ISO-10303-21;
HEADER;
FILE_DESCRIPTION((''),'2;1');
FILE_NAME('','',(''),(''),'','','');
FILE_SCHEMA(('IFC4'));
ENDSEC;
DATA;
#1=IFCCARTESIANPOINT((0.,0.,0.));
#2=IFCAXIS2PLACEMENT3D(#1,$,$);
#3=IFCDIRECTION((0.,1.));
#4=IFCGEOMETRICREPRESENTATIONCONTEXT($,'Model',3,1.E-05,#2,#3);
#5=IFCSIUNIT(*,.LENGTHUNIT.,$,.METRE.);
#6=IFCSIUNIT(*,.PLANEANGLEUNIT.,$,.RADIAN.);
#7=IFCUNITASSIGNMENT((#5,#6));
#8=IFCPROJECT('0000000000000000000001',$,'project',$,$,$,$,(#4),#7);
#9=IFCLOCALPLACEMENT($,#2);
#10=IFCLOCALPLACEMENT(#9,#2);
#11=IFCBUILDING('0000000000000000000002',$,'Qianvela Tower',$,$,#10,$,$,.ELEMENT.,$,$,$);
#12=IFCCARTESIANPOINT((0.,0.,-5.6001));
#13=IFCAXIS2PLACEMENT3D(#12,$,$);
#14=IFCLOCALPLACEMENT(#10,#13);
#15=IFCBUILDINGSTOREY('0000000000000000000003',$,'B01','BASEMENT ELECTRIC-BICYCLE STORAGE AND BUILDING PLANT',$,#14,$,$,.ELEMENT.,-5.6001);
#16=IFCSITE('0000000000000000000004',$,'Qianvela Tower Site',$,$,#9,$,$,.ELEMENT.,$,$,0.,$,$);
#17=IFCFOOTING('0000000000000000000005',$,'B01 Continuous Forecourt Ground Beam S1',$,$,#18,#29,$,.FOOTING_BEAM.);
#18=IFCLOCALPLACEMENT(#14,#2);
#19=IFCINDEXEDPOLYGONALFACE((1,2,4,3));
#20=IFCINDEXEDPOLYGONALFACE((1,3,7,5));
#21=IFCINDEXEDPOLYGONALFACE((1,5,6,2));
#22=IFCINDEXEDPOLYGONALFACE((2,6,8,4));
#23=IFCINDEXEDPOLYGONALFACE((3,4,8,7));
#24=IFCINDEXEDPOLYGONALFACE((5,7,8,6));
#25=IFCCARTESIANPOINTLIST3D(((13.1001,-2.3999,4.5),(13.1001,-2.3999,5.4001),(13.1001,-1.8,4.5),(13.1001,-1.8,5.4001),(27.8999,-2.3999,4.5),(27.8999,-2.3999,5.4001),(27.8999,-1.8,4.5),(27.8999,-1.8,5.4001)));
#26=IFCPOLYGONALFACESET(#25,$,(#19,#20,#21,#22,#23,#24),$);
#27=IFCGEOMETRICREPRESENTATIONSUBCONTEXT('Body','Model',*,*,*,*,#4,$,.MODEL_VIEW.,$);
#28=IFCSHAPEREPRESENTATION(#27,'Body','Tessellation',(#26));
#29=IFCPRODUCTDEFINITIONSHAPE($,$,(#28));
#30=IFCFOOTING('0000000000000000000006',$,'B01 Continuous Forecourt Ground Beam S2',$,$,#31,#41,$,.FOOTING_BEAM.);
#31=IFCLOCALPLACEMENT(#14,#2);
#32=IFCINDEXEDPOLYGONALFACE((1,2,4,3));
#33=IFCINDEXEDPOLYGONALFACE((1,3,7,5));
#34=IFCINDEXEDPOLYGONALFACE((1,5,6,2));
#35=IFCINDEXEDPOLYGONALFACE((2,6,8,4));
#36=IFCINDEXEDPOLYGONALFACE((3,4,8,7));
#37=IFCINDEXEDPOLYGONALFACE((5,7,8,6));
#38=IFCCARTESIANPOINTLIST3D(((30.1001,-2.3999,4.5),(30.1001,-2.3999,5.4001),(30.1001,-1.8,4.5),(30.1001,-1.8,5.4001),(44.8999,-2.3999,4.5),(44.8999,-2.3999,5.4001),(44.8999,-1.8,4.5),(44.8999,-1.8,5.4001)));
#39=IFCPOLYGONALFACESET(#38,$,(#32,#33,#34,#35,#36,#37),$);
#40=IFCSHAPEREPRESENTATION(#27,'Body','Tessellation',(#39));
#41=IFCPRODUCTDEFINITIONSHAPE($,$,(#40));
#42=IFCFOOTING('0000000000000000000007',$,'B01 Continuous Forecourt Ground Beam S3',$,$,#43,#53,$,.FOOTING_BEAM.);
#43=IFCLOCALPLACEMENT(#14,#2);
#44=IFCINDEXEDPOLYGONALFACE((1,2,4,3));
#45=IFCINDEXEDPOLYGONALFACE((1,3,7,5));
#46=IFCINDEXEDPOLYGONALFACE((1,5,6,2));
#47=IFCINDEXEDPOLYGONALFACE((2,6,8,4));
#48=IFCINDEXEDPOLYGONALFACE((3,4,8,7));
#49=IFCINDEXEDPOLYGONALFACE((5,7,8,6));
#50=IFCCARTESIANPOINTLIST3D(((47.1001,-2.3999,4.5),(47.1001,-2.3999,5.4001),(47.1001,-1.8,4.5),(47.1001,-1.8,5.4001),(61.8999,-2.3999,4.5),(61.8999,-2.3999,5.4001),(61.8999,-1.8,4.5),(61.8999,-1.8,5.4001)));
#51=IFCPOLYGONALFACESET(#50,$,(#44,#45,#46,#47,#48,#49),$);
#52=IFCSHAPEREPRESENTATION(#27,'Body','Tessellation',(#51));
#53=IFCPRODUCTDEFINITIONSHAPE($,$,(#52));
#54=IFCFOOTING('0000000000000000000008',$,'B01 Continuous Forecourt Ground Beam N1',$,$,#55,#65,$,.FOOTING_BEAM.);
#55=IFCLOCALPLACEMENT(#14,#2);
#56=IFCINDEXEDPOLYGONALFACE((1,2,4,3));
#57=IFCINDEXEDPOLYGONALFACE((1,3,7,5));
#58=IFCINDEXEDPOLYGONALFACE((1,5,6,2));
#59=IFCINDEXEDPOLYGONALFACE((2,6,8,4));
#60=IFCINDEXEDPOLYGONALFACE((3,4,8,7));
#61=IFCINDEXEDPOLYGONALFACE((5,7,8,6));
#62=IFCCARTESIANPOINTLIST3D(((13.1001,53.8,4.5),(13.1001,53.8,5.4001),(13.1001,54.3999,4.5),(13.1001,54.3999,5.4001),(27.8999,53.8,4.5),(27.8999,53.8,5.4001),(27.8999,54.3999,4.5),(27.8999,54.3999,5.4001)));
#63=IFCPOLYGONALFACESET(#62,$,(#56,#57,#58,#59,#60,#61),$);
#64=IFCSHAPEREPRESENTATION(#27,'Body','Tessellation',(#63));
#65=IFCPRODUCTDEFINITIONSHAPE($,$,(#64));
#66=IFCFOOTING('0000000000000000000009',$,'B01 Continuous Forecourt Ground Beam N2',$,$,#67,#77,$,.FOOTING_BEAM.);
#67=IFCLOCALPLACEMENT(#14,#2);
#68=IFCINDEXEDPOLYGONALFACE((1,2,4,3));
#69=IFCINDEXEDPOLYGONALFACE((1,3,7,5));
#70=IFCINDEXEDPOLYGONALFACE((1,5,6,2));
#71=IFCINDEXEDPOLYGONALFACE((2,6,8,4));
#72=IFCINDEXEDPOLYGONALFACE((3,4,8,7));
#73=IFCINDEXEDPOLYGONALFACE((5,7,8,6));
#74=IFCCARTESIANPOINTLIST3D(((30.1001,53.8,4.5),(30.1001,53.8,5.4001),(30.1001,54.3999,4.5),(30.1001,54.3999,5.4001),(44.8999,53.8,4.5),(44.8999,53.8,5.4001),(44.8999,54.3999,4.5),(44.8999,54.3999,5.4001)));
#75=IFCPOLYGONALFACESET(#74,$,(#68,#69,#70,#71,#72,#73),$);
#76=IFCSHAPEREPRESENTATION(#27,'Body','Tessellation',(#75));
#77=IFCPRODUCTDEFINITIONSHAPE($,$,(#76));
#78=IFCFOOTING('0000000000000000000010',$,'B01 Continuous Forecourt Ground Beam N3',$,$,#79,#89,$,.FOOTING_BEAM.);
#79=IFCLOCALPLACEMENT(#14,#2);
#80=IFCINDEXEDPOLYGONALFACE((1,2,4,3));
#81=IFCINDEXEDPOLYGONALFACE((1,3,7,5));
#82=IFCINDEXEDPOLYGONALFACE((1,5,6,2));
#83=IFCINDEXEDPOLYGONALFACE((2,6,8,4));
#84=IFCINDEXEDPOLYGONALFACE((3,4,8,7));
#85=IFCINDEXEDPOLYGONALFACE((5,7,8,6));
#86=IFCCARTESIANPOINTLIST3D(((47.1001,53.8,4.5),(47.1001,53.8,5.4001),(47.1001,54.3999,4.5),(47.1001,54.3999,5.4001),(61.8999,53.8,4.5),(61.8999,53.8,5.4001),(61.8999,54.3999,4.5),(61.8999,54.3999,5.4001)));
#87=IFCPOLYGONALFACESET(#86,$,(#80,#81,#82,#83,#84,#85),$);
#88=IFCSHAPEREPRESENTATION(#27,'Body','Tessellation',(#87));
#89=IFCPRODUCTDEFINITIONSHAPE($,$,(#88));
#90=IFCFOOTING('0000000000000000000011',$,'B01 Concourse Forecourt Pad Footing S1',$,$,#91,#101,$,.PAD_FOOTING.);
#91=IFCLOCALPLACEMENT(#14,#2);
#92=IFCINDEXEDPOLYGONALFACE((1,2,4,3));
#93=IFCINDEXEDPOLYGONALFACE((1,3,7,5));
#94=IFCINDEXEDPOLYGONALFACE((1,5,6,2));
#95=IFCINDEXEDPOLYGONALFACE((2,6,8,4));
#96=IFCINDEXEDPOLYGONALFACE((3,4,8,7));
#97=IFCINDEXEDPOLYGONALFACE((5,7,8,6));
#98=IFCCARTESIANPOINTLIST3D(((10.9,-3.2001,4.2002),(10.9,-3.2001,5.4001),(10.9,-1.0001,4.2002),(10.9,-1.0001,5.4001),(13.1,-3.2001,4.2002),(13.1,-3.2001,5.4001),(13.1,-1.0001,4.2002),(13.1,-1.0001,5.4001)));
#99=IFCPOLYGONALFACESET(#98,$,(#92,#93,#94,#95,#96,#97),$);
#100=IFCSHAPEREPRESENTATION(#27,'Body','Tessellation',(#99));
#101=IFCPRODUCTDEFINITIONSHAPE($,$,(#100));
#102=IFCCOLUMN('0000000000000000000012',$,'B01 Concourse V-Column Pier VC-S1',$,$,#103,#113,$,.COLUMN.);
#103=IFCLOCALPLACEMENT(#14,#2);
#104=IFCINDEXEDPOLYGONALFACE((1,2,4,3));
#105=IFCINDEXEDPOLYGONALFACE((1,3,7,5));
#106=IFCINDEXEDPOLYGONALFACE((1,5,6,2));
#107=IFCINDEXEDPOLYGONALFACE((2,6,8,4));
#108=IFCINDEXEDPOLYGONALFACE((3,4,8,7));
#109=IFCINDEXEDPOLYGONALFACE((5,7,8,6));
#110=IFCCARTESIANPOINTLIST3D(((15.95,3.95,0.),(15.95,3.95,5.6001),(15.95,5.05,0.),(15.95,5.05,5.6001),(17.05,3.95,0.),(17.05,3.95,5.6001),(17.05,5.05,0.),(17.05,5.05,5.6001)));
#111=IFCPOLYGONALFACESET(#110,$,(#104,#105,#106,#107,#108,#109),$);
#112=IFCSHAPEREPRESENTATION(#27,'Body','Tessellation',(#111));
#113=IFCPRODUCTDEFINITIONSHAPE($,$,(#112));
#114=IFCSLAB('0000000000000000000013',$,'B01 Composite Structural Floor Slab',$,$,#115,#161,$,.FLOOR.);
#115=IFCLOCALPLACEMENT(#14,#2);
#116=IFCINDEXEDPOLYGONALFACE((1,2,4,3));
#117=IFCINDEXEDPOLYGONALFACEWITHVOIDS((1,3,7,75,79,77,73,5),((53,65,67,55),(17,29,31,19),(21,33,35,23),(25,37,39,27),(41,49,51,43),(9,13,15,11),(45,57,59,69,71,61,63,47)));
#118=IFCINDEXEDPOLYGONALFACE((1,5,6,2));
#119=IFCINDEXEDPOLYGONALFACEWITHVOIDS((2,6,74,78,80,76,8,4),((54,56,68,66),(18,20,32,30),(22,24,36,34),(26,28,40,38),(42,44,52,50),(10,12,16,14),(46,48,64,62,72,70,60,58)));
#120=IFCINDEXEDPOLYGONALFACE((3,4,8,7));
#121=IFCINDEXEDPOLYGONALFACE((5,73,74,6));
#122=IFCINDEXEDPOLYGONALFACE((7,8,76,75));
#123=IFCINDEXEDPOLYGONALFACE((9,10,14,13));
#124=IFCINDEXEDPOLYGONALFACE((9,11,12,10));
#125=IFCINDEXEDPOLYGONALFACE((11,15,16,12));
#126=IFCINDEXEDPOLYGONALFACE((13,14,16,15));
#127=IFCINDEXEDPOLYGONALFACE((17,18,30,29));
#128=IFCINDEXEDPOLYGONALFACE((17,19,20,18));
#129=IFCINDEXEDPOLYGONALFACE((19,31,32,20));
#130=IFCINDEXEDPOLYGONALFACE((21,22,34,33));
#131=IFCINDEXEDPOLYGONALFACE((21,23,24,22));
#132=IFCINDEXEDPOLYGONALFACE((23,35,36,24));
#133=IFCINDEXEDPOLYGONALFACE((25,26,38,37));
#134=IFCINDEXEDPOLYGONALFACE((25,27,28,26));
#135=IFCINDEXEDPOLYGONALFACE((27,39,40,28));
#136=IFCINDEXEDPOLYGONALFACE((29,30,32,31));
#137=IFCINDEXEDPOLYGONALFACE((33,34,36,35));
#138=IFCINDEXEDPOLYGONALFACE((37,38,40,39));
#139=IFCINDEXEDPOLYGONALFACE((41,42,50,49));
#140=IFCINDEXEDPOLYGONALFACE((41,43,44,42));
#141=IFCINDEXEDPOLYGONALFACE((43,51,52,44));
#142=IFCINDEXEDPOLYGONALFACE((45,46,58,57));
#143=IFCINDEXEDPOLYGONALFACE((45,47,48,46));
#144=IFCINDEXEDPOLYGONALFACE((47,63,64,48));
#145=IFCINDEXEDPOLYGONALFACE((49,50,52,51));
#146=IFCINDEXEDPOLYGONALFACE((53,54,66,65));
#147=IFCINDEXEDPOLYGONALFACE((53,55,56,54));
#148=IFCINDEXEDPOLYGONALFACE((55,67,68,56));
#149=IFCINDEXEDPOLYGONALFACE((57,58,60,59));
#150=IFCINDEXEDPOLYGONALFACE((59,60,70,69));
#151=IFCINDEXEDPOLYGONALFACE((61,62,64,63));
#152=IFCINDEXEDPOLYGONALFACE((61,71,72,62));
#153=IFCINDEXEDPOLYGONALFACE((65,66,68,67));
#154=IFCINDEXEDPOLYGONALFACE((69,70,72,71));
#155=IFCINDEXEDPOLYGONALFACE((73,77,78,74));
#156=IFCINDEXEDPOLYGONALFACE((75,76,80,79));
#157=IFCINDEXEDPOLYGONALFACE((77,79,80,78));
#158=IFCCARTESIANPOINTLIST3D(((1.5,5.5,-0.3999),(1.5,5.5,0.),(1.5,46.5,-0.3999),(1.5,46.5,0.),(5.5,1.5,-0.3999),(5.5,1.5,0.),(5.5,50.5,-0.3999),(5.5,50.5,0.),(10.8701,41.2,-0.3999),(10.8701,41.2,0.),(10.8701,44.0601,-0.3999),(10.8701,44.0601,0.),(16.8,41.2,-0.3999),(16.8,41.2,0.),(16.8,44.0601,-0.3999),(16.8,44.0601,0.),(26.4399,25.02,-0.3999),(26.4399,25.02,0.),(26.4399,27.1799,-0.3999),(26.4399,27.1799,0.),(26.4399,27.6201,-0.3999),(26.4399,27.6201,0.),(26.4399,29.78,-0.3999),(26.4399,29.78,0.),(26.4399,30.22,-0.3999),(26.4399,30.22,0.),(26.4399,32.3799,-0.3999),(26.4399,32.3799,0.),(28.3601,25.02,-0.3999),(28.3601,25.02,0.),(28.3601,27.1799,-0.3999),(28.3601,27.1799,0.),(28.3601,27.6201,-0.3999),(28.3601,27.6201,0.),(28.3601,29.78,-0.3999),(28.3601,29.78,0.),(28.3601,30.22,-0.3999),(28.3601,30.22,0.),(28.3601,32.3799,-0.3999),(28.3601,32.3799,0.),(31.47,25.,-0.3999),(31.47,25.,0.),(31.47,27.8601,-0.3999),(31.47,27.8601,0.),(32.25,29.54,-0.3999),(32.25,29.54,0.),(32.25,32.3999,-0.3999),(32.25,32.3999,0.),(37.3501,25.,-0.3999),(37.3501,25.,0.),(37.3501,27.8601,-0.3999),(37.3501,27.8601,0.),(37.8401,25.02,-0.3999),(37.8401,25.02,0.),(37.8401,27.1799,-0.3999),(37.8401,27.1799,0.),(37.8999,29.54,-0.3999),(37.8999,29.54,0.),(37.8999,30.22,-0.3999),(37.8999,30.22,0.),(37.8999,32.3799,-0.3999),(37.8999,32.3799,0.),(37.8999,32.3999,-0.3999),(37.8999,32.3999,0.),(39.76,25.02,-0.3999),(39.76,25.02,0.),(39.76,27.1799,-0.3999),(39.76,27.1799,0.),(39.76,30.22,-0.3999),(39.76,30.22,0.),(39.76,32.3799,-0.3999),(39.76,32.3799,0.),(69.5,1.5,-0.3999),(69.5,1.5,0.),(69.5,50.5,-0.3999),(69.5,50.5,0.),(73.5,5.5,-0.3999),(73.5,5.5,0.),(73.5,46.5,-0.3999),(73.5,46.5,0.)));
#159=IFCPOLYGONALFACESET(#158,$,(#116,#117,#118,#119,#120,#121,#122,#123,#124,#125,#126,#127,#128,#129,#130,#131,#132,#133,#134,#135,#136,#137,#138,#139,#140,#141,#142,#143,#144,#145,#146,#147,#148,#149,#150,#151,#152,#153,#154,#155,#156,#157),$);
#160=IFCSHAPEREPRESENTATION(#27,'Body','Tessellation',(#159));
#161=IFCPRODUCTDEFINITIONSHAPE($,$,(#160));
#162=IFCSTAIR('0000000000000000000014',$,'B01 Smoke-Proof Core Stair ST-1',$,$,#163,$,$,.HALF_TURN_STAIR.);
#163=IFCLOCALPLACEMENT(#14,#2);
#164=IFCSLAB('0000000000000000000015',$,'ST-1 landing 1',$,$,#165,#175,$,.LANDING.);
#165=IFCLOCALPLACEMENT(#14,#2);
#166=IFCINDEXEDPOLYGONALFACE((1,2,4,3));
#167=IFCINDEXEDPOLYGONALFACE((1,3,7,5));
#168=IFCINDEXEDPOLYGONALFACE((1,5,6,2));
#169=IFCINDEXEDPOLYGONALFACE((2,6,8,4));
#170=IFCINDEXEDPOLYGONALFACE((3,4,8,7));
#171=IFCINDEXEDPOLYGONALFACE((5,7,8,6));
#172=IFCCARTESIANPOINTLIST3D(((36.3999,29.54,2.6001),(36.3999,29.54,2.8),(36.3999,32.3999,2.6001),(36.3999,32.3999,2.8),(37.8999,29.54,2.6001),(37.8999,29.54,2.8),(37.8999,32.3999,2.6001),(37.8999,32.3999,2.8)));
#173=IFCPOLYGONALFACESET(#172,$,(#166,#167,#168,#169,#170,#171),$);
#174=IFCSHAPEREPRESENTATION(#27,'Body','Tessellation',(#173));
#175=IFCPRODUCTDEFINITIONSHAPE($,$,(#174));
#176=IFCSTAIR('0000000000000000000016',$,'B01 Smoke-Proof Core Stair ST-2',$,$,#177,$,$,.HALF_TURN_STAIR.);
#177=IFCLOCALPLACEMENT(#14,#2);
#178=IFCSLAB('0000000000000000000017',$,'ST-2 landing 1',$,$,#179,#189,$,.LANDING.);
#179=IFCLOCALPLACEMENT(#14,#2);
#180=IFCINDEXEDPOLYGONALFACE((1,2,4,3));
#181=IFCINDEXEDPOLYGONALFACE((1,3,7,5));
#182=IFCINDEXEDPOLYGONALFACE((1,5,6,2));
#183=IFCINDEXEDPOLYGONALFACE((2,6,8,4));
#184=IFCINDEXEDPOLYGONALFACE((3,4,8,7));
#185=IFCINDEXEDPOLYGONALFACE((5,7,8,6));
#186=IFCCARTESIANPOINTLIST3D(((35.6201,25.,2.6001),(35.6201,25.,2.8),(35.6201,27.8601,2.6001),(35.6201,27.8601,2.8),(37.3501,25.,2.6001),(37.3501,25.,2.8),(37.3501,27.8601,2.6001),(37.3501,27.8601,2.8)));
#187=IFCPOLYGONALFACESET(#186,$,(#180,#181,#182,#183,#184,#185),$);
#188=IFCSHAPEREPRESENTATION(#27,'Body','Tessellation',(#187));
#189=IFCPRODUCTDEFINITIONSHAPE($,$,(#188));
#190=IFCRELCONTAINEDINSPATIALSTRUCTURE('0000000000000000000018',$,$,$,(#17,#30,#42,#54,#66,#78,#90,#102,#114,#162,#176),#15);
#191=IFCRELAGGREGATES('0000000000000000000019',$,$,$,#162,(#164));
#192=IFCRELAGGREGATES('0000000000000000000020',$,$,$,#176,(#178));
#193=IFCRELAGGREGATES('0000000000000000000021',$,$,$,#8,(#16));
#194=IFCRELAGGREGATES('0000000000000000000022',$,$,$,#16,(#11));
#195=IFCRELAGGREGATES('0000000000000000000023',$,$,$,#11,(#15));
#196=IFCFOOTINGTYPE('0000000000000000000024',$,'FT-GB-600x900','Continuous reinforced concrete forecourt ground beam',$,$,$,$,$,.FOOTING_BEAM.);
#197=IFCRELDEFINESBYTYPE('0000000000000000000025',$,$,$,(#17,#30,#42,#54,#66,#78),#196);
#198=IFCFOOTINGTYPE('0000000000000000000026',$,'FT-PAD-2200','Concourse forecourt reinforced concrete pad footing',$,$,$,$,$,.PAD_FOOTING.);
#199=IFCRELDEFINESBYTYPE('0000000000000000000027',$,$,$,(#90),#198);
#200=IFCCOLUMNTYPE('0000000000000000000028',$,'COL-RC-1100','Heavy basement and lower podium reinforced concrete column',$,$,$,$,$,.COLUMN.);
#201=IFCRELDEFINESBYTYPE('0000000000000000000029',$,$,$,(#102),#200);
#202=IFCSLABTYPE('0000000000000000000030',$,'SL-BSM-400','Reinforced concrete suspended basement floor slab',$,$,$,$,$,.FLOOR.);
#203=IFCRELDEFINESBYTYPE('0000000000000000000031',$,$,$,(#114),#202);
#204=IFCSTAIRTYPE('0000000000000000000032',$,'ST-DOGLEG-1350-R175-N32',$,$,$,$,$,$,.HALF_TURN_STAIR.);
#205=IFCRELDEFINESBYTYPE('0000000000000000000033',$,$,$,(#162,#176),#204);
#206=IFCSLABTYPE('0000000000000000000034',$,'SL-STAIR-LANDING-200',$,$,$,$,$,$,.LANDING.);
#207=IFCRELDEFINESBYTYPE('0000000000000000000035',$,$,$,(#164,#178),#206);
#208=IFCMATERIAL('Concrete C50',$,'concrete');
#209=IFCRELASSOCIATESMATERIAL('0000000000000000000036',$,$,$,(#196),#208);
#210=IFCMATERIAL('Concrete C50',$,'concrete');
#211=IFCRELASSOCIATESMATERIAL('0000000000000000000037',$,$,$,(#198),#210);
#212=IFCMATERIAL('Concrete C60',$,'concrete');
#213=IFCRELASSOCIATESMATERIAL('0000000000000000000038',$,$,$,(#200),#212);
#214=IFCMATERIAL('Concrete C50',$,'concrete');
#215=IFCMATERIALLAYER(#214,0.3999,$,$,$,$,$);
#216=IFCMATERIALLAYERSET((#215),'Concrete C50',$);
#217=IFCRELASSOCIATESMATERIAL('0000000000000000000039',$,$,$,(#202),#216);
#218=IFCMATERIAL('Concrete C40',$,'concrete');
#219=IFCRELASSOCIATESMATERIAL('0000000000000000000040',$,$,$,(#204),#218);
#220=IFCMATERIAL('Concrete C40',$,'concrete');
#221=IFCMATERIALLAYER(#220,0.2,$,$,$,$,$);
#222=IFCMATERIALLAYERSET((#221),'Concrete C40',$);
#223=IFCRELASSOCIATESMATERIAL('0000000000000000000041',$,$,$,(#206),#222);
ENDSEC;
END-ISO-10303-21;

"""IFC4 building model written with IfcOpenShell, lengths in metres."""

from ifc_helpers import new_model, si_unit, direction, frame, origin, origin_2d, place, context, subcontext, project, spatial, polyline, rectangle, outline, extrude, material, layer, layer_set, material_profile, profile_set, type_object, element, aggregate, save


model = new_model("IFC4")

# Units and contexts
model_context = context("Model", 3, precision=1e-05, world=origin(), true_north=direction((0.0, 1.0)))
body_context = subcontext(model_context, "Body", "Model", "MODEL_VIEW")
ifc_project = project(units=[si_unit("LENGTHUNIT", "METRE"), si_unit("PLANEANGLEUNIT", "RADIAN")], contexts=[model_context])

# Site, building, storey
site_placement = place(None, origin())
site = spatial("IfcSite", under=ifc_project, at=site_placement, Name="Qianvela Tower Site", CompositionType="ELEMENT", RefElevation=0.0)
building_placement = place(site_placement, origin())
building = spatial("IfcBuilding", under=site, at=building_placement, Name="Qianvela Tower", CompositionType="ELEMENT")
storey_placement = place(building_placement, frame((0.0, 0.0, -5.6001)))
storey = spatial("IfcBuildingStorey", under=building, at=storey_placement, Name="B01", Description="BASEMENT ELECTRIC-BICYCLE STORAGE AND BUILDING PLANT", CompositionType="ELEMENT", Elevation=-5.6001)

# Footings
ifc_material_1 = material(Name="Concrete C50", Category="concrete")
footing_type_1 = type_object("IfcFootingType", Name="FT-GB-600x900", Description="Continuous reinforced concrete forecourt ground beam", PredefinedType="FOOTING_BEAM", material=ifc_material_1)
footing_1_placement = place(storey_placement, frame((0.0, 0.0, 4.5)))
element("IfcFooting", 1, at=footing_1_placement, inside=storey, type_object=footing_type_1, Name="B01 Continuous Forecourt Ground Beam S1", PredefinedType="FOOTING_BEAM", context=body_context, shape_type="SweptSolid", body=[
    extrude(outline(polyline([(13.1001, -2.3999), (27.8999, -2.3999), (27.8999, -1.8), (13.1001, -1.8), (13.1001, -2.3999)])), origin(), (0.0, 0.0, 1.0), 0.9001),
])
footing_2_placement = place(storey_placement, frame((0.0, 0.0, 4.5)))
element("IfcFooting", 2, at=footing_2_placement, inside=storey, type_object=footing_type_1, Name="B01 Continuous Forecourt Ground Beam S2", PredefinedType="FOOTING_BEAM", context=body_context, shape_type="SweptSolid", body=[
    extrude(outline(polyline([(30.1001, -2.3999), (44.8999, -2.3999), (44.8999, -1.8), (30.1001, -1.8), (30.1001, -2.3999)])), origin(), (0.0, 0.0, 1.0), 0.9001),
])
footing_3_placement = place(storey_placement, frame((0.0, 0.0, 4.5)))
element("IfcFooting", 3, at=footing_3_placement, inside=storey, type_object=footing_type_1, Name="B01 Continuous Forecourt Ground Beam S3", PredefinedType="FOOTING_BEAM", context=body_context, shape_type="SweptSolid", body=[
    extrude(outline(polyline([(47.1001, -2.3999), (61.8999, -2.3999), (61.8999, -1.8), (47.1001, -1.8), (47.1001, -2.3999)])), origin(), (0.0, 0.0, 1.0), 0.9001),
])
footing_4_placement = place(storey_placement, frame((0.0, 0.0, 4.5)))
element("IfcFooting", 4, at=footing_4_placement, inside=storey, type_object=footing_type_1, Name="B01 Continuous Forecourt Ground Beam N1", PredefinedType="FOOTING_BEAM", context=body_context, shape_type="SweptSolid", body=[
    extrude(outline(polyline([(13.1001, 53.8), (27.8999, 53.8), (27.8999, 54.3999), (13.1001, 54.3999), (13.1001, 53.8)])), origin(), (0.0, 0.0, 1.0), 0.9001),
])
footing_5_placement = place(storey_placement, frame((0.0, 0.0, 4.5)))
element("IfcFooting", 5, at=footing_5_placement, inside=storey, type_object=footing_type_1, Name="B01 Continuous Forecourt Ground Beam N2", PredefinedType="FOOTING_BEAM", context=body_context, shape_type="SweptSolid", body=[
    extrude(outline(polyline([(30.1001, 53.8), (44.8999, 53.8), (44.8999, 54.3999), (30.1001, 54.3999), (30.1001, 53.8)])), origin(), (0.0, 0.0, 1.0), 0.9001),
])
footing_6_placement = place(storey_placement, frame((0.0, 0.0, 4.5)))
element("IfcFooting", 6, at=footing_6_placement, inside=storey, type_object=footing_type_1, Name="B01 Continuous Forecourt Ground Beam N3", PredefinedType="FOOTING_BEAM", context=body_context, shape_type="SweptSolid", body=[
    extrude(outline(polyline([(47.1001, 53.8), (61.8999, 53.8), (61.8999, 54.3999), (47.1001, 54.3999), (47.1001, 53.8)])), origin(), (0.0, 0.0, 1.0), 0.9001),
])
ifc_material_2 = material(Name="Concrete C50", Category="concrete")
footing_type_2 = type_object("IfcFootingType", Name="FT-PAD-2200", Description="Concourse forecourt reinforced concrete pad footing", PredefinedType="PAD_FOOTING", material=ifc_material_2)
footing_7_placement = place(storey_placement, frame((12.0, -2.1001, 4.2002), z_axis=(0.0, 0.0, 1.0), x_axis=(1.0, 0.0, 0.0)))
element("IfcFooting", 7, at=footing_7_placement, inside=storey, type_object=footing_type_2, Name="B01 Concourse Forecourt Pad Footing S1", PredefinedType="PAD_FOOTING", context=body_context, shape_type="SweptSolid", body=[
    extrude(rectangle(XDim=2.2, YDim=2.2, at=origin_2d()), origin(), (0.0, 0.0, 1.0), 1.2),
])

# Column
ifc_material_3 = material(Name="Concrete C60", Category="concrete")
ifc_material_profile = material_profile(ifc_material_3, rectangle(XDim=1.1001, YDim=1.1001, at=origin_2d()), Name="RC-COL-1100x1100")
ifc_profile_set = profile_set([ifc_material_profile], Name="Concrete C60")
column_type = type_object("IfcColumnType", Name="COL-RC-1100", Description="Heavy basement and lower podium reinforced concrete column", PredefinedType="COLUMN", material=ifc_profile_set)
column_placement = place(storey_placement, frame((16.5, 4.5, 0.0), z_axis=(0.0, 0.0, 1.0), x_axis=(1.0, 0.0, 0.0)))
element("IfcColumn", 8, at=column_placement, inside=storey, type_object=column_type, Name="B01 Concourse V-Column Pier VC-S1", PredefinedType="COLUMN", context=body_context, shape_type="SweptSolid", body=[
    extrude(rectangle(XDim=1.1001, YDim=1.1001, at=origin_2d()), origin(), (0.0, 0.0, 1.0), 5.6001),
])

# Slab
ifc_material_4 = material(Name="Concrete C50", Category="concrete")
ifc_layer_1 = layer(ifc_material_4, 0.3999)
ifc_layer_set_1 = layer_set([ifc_layer_1], Name="Concrete C50")
slab_type_1 = type_object("IfcSlabType", Name="SL-BSM-400", Description="Reinforced concrete suspended basement floor slab", PredefinedType="FLOOR", material=ifc_layer_set_1)
slab_1_placement = place(storey_placement, frame((0.0, 0.0, -0.3999)))
element("IfcSlab", 9, at=slab_1_placement, inside=storey, type_object=slab_type_1, Name="B01 Composite Structural Floor Slab", PredefinedType="FLOOR", context=body_context, shape_type="SweptSolid", body=[
    extrude(outline(polyline([(5.5, 1.5), (69.5, 1.5), (73.5, 5.5), (73.5, 46.5), (69.5, 50.5), (5.5, 50.5), (1.5, 46.5), (1.5, 5.5), (5.5, 1.5)]), holes=[polyline([(28.3601, 27.1799), (26.4399, 27.1799), (26.4399, 25.02), (28.3601, 25.02), (28.3601, 27.1799)]), polyline([(39.76, 27.1799), (37.8401, 27.1799), (37.8401, 25.02), (39.76, 25.02), (39.76, 27.1799)]), polyline([(37.3501, 27.8601), (31.47, 27.8601), (31.47, 25.0), (37.3501, 25.0), (37.3501, 27.8601)]), polyline([(28.3601, 29.78), (26.4399, 29.78), (26.4399, 27.6201), (28.3601, 27.6201), (28.3601, 29.78)]), polyline([(37.8999, 32.3999), (32.25, 32.3999), (32.25, 29.54), (37.8999, 29.54), (37.8999, 30.22), (39.76, 30.22), (39.76, 32.3799), (37.8999, 32.3799), (37.8999, 32.3999)]), polyline([(28.3601, 32.3799), (26.4399, 32.3799), (26.4399, 30.22), (28.3601, 30.22), (28.3601, 32.3799)]), polyline([(16.8, 44.0601), (10.8701, 44.0601), (10.8701, 41.2), (16.8, 41.2), (16.8, 44.0601)])]), origin(), (0.0, 0.0, 1.0), 0.3999),
])

# Stairs, slabs
ifc_material_5 = material(Name="Concrete C40", Category="concrete")
stair_type = type_object("IfcStairType", Name="ST-DOGLEG-1350-R175-N32", PredefinedType="HALF_TURN_STAIR", material=ifc_material_5)
stair_1_placement = place(storey_placement, origin())
stair_1 = element("IfcStair", 10, at=stair_1_placement, inside=storey, type_object=stair_type, Name="B01 Smoke-Proof Core Stair ST-1", PredefinedType="HALF_TURN_STAIR")
ifc_material_6 = material(Name="Concrete C40", Category="concrete")
ifc_layer_2 = layer(ifc_material_6, 0.2)
ifc_layer_set_2 = layer_set([ifc_layer_2], Name="Concrete C40")
slab_type_2 = type_object("IfcSlabType", Name="SL-STAIR-LANDING-200", PredefinedType="LANDING", material=ifc_layer_set_2)
slab_2_placement = place(storey_placement, frame((0.0, 0.0, 2.6001)))
slab_2 = element("IfcSlab", 11, at=slab_2_placement, type_object=slab_type_2, Name="ST-1 landing 1", PredefinedType="LANDING", context=body_context, shape_type="SweptSolid", body=[
    extrude(outline(polyline([(36.3999, 29.54), (37.8999, 29.54), (37.8999, 32.3999), (36.3999, 32.3999), (36.3999, 29.54)])), origin(), (0.0, 0.0, 1.0), 0.2),
])
aggregate(stair_1, [slab_2])
stair_2_placement = place(storey_placement, origin())
stair_2 = element("IfcStair", 12, at=stair_2_placement, inside=storey, type_object=stair_type, Name="B01 Smoke-Proof Core Stair ST-2", PredefinedType="HALF_TURN_STAIR")
slab_3_placement = place(storey_placement, frame((0.0, 0.0, 2.6001)))
slab_3 = element("IfcSlab", 13, at=slab_3_placement, type_object=slab_type_2, Name="ST-2 landing 1", PredefinedType="LANDING", context=body_context, shape_type="SweptSolid", body=[
    extrude(outline(polyline([(35.6201, 25.0), (37.3501, 25.0), (37.3501, 27.8601), (35.6201, 27.8601), (35.6201, 25.0)])), origin(), (0.0, 0.0, 1.0), 0.2),
])
aggregate(stair_2, [slab_3])

save(model, "model.ifc")
